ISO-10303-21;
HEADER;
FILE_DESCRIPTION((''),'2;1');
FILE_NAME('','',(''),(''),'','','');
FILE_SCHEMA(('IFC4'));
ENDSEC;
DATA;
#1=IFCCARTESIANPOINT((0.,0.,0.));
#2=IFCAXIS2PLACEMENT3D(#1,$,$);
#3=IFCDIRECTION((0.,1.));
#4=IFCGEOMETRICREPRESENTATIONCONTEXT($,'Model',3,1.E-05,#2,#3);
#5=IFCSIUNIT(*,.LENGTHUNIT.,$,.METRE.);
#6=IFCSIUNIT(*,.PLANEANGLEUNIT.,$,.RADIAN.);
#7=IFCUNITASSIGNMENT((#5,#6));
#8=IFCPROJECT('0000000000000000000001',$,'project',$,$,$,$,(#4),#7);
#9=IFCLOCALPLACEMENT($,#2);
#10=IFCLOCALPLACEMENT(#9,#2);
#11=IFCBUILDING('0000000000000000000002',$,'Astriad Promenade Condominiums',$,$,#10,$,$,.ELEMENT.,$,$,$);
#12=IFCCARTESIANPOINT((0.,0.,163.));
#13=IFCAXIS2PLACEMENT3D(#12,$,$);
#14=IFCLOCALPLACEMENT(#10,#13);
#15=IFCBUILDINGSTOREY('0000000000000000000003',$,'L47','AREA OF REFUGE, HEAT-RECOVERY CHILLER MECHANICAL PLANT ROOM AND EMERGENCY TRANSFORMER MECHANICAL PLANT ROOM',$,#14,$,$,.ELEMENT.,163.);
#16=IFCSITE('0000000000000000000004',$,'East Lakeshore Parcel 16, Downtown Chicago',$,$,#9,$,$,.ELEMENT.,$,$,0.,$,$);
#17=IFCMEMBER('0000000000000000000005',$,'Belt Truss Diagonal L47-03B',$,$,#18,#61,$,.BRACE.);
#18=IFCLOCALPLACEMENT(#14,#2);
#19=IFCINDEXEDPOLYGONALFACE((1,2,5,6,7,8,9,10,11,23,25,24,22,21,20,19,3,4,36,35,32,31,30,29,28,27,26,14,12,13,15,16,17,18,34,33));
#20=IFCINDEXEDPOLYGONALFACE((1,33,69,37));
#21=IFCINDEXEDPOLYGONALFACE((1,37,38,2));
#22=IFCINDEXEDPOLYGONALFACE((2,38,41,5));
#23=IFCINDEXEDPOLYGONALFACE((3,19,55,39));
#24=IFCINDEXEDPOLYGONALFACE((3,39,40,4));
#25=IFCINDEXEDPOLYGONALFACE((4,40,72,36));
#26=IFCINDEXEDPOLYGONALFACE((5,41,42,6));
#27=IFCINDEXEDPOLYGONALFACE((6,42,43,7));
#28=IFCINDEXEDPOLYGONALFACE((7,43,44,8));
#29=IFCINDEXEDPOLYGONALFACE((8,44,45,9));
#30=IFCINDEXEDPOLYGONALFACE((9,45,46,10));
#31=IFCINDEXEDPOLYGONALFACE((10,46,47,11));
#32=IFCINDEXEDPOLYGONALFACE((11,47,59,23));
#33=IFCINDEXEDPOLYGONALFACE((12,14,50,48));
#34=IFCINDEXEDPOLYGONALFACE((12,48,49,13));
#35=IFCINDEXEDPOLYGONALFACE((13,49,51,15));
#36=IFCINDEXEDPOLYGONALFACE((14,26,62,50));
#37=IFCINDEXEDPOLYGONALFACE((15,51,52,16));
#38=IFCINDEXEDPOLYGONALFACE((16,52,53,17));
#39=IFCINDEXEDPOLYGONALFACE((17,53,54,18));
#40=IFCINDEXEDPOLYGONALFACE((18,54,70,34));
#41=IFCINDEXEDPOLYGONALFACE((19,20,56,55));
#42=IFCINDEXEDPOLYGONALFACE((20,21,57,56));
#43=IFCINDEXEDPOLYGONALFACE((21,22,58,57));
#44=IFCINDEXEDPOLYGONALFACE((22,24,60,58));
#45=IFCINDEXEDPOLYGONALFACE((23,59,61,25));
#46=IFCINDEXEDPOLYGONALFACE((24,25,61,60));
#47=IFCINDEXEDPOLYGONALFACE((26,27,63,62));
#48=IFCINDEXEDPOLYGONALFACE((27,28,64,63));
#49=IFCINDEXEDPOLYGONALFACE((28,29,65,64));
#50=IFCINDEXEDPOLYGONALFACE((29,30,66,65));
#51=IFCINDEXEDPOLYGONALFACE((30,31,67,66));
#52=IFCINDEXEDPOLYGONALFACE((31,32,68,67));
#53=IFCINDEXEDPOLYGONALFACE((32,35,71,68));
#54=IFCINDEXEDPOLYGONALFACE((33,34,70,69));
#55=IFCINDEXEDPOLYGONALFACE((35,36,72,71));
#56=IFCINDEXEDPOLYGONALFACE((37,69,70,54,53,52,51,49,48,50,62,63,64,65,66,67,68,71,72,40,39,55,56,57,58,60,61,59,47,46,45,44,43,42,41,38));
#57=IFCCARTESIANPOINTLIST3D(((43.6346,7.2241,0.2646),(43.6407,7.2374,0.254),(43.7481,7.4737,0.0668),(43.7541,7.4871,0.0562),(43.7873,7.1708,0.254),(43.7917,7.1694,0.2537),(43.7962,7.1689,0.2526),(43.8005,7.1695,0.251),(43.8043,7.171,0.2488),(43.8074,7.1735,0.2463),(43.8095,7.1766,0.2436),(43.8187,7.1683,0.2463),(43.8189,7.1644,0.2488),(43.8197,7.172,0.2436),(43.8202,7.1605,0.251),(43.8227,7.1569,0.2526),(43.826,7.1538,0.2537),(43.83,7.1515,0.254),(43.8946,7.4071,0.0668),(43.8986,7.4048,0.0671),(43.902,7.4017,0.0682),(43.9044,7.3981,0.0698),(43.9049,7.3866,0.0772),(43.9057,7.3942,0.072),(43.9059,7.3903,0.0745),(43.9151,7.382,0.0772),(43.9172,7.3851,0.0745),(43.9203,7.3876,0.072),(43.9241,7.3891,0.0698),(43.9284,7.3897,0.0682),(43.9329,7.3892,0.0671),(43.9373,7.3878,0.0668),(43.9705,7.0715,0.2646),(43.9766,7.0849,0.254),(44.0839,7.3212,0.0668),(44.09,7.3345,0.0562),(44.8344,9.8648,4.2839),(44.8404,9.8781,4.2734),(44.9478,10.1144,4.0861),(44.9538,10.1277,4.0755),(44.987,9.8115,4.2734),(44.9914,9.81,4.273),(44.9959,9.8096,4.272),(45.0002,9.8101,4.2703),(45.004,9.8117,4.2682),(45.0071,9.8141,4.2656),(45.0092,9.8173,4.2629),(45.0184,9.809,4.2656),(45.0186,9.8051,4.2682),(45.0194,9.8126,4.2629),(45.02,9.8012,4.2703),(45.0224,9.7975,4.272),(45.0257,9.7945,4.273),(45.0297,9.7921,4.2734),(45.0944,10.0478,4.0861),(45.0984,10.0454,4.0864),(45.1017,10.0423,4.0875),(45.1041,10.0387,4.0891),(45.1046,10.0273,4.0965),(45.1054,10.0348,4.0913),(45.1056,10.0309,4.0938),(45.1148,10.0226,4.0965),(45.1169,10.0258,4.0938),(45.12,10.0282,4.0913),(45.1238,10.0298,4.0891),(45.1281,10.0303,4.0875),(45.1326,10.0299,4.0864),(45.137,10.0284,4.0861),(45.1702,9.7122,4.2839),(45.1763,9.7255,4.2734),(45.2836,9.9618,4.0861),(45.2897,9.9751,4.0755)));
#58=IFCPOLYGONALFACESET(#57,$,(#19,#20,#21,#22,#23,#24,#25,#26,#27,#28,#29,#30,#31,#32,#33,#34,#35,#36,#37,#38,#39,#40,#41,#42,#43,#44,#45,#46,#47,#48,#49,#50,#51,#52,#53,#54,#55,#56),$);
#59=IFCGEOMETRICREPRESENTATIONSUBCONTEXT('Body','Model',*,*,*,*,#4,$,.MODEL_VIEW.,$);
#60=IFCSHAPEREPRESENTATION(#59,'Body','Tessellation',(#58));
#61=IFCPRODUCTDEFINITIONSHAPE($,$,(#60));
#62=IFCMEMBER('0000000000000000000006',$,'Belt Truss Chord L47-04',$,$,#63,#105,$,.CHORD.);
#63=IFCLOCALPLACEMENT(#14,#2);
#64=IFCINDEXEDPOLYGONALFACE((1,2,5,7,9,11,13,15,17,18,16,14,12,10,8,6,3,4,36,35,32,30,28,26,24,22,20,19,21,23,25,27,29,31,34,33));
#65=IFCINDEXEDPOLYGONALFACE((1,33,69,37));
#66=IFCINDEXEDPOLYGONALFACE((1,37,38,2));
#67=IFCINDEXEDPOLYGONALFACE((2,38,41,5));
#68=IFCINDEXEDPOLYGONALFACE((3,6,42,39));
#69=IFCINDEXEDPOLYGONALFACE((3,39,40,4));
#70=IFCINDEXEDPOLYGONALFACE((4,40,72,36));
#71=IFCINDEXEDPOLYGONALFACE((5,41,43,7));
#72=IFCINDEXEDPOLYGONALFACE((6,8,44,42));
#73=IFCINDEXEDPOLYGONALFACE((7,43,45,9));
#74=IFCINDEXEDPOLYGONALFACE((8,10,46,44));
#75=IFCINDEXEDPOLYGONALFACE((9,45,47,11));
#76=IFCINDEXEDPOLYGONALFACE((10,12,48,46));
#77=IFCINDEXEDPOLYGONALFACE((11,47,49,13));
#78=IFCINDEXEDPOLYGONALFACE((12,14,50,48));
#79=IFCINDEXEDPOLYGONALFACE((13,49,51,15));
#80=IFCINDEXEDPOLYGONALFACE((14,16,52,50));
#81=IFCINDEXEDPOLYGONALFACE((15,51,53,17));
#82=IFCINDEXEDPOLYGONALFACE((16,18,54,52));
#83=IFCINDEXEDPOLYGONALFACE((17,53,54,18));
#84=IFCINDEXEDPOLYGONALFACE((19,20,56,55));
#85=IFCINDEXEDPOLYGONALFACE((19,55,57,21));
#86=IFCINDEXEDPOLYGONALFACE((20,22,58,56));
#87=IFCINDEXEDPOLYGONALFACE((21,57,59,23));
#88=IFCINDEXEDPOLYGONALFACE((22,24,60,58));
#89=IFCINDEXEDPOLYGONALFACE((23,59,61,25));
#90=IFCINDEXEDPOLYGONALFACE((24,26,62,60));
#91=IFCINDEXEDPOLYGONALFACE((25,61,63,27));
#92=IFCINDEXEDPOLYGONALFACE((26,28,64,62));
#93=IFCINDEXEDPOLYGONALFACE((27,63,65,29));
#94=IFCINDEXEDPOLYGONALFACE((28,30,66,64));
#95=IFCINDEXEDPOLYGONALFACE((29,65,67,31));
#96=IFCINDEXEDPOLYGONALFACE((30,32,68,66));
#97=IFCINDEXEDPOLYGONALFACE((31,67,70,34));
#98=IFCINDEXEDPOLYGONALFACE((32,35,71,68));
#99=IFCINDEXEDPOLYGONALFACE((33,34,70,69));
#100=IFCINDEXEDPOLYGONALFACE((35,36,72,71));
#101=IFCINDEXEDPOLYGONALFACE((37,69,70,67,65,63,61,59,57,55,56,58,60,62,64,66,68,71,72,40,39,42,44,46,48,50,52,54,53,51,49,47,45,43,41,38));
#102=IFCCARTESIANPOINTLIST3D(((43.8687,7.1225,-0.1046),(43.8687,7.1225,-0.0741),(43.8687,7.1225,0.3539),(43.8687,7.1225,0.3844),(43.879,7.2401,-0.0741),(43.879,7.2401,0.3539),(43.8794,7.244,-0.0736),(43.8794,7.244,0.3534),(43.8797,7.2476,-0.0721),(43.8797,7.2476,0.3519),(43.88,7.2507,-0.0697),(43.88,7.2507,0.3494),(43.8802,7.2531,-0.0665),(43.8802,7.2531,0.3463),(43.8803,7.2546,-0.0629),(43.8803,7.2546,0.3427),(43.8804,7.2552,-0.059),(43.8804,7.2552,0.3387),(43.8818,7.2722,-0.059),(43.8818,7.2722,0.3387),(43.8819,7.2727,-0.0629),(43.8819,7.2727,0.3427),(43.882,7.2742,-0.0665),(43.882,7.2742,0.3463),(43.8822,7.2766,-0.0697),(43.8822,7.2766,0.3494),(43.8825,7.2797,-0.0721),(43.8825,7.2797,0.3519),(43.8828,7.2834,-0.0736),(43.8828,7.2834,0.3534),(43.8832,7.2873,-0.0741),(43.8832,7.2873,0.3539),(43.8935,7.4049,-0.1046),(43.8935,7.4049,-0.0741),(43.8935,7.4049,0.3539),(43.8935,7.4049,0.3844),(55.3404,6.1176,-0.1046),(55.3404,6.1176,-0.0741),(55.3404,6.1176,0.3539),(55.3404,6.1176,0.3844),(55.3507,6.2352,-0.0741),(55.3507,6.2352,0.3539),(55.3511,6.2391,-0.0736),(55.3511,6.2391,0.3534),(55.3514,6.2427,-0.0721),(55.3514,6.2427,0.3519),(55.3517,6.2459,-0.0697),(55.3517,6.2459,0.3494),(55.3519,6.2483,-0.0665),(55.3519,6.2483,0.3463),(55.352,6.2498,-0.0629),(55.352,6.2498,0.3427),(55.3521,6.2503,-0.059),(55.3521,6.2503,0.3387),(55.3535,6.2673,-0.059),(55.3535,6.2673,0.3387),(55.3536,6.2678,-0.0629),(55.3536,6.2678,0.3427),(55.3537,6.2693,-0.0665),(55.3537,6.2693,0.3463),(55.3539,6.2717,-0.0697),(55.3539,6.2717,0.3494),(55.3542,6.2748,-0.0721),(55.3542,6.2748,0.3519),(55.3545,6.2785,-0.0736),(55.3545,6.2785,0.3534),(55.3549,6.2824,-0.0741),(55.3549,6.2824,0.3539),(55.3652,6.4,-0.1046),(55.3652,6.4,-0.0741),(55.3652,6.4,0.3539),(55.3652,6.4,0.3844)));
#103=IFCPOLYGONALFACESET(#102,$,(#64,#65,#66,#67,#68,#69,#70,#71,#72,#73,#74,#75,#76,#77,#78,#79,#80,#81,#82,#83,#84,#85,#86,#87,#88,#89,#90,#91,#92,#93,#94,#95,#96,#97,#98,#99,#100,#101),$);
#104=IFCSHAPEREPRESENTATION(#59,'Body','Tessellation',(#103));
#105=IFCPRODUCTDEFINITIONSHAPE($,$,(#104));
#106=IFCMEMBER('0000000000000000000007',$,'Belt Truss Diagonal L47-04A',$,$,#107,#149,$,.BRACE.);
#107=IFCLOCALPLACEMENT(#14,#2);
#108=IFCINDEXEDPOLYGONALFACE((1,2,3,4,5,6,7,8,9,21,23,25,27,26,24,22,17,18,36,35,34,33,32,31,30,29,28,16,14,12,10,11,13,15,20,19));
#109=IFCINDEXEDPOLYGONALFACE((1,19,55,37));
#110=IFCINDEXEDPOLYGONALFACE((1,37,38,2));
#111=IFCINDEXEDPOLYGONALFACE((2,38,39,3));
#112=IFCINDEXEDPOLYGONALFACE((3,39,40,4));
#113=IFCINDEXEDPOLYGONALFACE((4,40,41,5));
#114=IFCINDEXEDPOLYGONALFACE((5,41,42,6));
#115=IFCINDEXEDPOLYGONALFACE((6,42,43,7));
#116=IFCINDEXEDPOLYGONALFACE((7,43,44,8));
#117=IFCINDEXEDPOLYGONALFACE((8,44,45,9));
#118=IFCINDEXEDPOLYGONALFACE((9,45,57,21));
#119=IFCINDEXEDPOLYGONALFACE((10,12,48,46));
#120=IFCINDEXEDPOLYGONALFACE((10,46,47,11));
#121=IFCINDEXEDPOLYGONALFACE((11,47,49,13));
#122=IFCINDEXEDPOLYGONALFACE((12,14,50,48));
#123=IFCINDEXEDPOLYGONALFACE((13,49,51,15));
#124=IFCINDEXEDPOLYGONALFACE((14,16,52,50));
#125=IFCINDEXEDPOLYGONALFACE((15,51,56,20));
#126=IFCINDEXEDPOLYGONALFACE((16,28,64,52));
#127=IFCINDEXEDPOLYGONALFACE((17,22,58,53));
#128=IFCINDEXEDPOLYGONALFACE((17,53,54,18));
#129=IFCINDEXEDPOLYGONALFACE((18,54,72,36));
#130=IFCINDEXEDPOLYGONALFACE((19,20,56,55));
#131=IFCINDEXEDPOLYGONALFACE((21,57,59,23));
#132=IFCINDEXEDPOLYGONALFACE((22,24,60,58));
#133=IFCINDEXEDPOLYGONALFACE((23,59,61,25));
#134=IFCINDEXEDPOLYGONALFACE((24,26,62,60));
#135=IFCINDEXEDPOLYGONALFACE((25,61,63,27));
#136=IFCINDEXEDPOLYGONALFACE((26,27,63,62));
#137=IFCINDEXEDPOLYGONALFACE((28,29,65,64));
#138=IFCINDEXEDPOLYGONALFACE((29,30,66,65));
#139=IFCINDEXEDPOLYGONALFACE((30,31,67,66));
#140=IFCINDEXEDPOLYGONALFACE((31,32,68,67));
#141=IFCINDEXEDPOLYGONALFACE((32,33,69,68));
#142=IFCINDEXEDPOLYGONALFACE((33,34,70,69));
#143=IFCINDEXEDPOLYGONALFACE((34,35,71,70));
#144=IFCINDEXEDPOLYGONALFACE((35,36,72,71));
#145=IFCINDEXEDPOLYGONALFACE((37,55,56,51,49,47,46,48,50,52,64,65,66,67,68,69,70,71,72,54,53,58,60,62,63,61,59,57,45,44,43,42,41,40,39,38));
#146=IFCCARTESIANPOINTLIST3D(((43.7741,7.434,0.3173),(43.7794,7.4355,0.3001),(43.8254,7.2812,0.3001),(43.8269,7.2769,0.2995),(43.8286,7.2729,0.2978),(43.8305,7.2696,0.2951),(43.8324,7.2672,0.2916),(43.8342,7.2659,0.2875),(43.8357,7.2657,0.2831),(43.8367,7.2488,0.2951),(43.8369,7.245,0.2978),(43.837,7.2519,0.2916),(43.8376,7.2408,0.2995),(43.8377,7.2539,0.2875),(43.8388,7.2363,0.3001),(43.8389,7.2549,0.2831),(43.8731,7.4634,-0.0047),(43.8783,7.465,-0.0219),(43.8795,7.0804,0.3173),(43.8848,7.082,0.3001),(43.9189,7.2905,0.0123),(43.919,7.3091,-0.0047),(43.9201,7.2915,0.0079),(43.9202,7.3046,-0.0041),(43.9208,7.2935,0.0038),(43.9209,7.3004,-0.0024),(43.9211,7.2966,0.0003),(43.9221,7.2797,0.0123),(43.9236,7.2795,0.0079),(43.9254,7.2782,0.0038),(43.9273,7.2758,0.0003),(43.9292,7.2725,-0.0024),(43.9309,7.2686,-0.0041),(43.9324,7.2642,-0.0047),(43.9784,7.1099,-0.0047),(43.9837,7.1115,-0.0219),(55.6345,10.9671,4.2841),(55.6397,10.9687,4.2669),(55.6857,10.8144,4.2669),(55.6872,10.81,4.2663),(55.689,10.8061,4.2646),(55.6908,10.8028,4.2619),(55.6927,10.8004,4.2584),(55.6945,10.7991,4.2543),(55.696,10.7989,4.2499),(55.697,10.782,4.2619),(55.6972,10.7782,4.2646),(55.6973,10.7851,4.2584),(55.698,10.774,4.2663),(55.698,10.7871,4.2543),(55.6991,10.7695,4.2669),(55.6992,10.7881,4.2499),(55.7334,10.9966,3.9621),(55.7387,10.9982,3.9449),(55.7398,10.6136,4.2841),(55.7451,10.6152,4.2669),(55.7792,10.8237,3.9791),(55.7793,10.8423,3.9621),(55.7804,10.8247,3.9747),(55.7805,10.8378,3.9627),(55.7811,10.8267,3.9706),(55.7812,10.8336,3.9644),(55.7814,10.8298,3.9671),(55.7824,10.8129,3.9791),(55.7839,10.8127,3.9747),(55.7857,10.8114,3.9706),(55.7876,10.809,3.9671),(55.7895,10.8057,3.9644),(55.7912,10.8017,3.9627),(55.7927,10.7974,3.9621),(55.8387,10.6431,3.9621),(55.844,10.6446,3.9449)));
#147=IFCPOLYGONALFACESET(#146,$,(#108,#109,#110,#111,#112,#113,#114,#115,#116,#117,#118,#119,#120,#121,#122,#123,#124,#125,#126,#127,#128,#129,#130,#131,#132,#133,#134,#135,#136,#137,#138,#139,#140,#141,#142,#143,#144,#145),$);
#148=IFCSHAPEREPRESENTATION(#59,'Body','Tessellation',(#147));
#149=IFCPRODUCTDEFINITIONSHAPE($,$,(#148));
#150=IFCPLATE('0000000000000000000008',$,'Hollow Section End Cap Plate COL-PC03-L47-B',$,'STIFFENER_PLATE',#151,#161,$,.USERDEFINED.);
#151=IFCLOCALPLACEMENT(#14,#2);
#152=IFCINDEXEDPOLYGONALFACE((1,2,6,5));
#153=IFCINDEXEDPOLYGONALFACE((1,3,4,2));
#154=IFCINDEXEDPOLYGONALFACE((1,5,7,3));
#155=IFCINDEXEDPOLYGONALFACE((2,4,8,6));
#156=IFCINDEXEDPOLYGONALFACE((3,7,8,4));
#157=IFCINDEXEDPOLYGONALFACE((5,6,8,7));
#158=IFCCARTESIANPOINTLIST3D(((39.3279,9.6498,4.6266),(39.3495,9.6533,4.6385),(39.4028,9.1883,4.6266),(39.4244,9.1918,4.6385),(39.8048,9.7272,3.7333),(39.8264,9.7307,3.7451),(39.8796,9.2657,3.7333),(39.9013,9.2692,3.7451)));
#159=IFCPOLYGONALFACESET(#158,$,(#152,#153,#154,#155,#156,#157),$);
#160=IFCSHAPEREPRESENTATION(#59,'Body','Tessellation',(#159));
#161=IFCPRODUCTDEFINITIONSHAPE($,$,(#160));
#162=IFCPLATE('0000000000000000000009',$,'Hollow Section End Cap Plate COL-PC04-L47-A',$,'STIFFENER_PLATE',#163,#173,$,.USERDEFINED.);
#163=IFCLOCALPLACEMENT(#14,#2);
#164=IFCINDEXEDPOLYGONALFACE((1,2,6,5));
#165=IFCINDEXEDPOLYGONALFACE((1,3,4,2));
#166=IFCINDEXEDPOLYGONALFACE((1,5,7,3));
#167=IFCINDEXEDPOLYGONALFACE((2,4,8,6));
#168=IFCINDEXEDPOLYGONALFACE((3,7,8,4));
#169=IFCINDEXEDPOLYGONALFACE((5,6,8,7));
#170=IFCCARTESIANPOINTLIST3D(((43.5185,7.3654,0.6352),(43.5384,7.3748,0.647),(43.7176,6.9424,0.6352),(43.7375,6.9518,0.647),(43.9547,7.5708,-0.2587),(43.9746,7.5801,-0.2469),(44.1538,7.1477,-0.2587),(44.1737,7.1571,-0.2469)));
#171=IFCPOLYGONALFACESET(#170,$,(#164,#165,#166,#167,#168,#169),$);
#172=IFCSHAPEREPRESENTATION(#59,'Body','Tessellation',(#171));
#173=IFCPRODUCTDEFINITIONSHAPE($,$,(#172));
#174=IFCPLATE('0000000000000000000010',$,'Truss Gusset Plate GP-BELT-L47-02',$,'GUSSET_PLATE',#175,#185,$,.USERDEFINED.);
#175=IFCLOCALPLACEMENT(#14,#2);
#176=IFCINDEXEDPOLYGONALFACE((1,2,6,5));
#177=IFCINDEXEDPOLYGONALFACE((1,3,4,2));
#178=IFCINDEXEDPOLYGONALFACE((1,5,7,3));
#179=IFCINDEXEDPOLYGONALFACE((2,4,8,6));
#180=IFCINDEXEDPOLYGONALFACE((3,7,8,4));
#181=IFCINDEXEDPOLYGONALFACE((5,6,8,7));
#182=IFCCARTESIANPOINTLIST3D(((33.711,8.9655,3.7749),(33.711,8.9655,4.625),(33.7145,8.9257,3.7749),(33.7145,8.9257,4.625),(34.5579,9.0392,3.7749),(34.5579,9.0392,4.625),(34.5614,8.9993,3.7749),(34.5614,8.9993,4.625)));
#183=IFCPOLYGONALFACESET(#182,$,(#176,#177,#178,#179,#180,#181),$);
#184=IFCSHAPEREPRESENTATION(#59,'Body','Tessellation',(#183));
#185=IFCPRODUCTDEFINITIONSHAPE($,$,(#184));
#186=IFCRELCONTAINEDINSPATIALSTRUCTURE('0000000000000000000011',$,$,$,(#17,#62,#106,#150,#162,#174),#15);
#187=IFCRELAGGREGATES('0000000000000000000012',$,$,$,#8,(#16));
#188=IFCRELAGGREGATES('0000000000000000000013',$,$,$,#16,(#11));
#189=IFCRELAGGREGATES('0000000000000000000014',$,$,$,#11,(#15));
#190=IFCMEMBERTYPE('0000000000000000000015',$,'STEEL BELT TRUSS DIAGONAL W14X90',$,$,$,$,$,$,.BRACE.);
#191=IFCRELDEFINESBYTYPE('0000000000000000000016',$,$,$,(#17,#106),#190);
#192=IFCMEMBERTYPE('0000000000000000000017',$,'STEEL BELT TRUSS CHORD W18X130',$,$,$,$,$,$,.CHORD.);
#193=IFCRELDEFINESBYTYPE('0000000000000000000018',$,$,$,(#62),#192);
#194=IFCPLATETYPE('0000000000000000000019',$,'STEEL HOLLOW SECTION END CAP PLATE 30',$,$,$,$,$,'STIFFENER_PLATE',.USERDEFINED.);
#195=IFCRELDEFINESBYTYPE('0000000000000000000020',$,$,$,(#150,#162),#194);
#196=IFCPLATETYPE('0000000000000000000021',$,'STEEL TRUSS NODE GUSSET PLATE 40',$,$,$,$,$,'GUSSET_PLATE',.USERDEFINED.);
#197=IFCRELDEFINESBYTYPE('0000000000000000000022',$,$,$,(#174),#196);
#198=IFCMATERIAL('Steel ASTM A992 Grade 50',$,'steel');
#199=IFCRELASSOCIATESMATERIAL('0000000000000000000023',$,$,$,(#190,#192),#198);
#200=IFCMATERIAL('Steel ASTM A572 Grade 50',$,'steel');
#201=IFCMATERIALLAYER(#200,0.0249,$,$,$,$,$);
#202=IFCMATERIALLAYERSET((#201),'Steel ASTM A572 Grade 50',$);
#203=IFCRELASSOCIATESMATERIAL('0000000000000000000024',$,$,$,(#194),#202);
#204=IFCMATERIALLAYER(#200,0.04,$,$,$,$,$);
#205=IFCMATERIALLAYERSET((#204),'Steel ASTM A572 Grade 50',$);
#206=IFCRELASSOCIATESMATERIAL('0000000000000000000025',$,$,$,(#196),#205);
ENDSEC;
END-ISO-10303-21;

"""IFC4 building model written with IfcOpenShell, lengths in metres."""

from ifc_helpers import new_model, si_unit, direction, frame, origin, origin_2d, place, context, subcontext, project, spatial, rectangle, i_section, extrude, source, transform, mapped, material, layer, layer_set, material_profile, profile_set, type_object, type_shapes, element, save


model = new_model("IFC4")

# Units and contexts
model_context = context("Model", 3, precision=1e-05, world=origin(), true_north=direction((0.0, 1.0)))
body_context = subcontext(model_context, "Body", "Model", "MODEL_VIEW")
ifc_project = project(units=[si_unit("LENGTHUNIT", "METRE"), si_unit("PLANEANGLEUNIT", "RADIAN")], contexts=[model_context])

# Site, building, storey
site_placement = place(None, origin())
site = spatial("IfcSite", under=ifc_project, at=site_placement, Name="East Lakeshore Parcel 16, Downtown Chicago", CompositionType="ELEMENT", RefElevation=0.0)
building_placement = place(site_placement, origin())
building = spatial("IfcBuilding", under=site, at=building_placement, Name="Astriad Promenade Condominiums", CompositionType="ELEMENT")
storey_placement = place(building_placement, frame((0.0, 0.0, 163.0)))
storey = spatial("IfcBuildingStorey", under=building, at=storey_placement, Name="L47", Description="AREA OF REFUGE, HEAT-RECOVERY CHILLER MECHANICAL PLANT ROOM AND EMERGENCY TRANSFORMER MECHANICAL PLANT ROOM", CompositionType="ELEMENT", Elevation=163.0)

# Shared definitions
ifc_material_1 = material(Name="Steel ASTM A992 Grade 50", Category="steel")

# Members
ifc_material_profile_1 = material_profile(ifc_material_1, i_section(OverallWidth=0.3689, OverallDepth=0.3562, WebThickness=0.0112, FlangeThickness=0.0181, FilletRadius=0.0178, at=origin_2d()), Name="W14X90")
ifc_profile_set_1 = profile_set([ifc_material_profile_1], Name="Steel ASTM A992 Grade 50")
member_type_1 = type_object("IfcMemberType", Name="STEEL BELT TRUSS DIAGONAL W14X90", PredefinedType="BRACE", material=ifc_profile_set_1)
shared_shape_1 = source(origin(), body_context, "Body", "SweptSolid", [
    extrude(i_section(OverallWidth=0.3689, OverallDepth=0.3562, WebThickness=0.0112, FlangeThickness=0.0181, FilletRadius=0.0178, at=origin_2d()), origin(), (0.0, 0.0, 1.0), 4.9565),
])
member_1_placement = place(storey_placement, frame((43.8623, 7.2793, 0.1604), z_axis=(0.242047, 0.53276, 0.810913), x_axis=(-0.910441, 0.413638, 0.0)))
element("IfcMember", 1, at=member_1_placement, inside=storey, type_object=member_type_1, Name="Belt Truss Diagonal L47-03B", PredefinedType="BRACE", context=body_context, shape_type="MappedRepresentation", body=[
    mapped(shared_shape_1, transform((0.0, 0.0, 0.0), scale=1.0)),
])
ifc_material_profile_2 = material_profile(ifc_material_1, i_section(OverallWidth=0.2834, OverallDepth=0.489, WebThickness=0.0171, FlangeThickness=0.0305, FilletRadius=0.0151, at=origin_2d()), Name="W18X130")
ifc_profile_set_2 = profile_set([ifc_material_profile_2], Name="Steel ASTM A992 Grade 50")
member_type_2 = type_object("IfcMemberType", Name="STEEL BELT TRUSS CHORD W18X130", PredefinedType="CHORD", material=ifc_profile_set_2)
shared_shape_2 = source(origin(), body_context, "Body", "SweptSolid", [
    extrude(i_section(OverallWidth=0.2834, OverallDepth=0.489, WebThickness=0.0171, FlangeThickness=0.0305, FilletRadius=0.0151, at=origin_2d()), origin(), (0.0, 0.0, 1.0), 11.5156),
])
type_shapes(member_type_2, [shared_shape_2])
member_2_placement = place(storey_placement, frame((43.8811, 7.2637, 0.1399), z_axis=(0.996185, -0.087263, 0.0), x_axis=(0.087263, 0.996185, 0.0)))
element("IfcMember", 2, at=member_2_placement, inside=storey, type_object=member_type_2, Name="Belt Truss Chord L47-04", PredefinedType="CHORD", context=body_context, shape_type="MappedRepresentation", body=[
    mapped(shared_shape_2, transform((0.0, 0.0, 0.0), scale=1.0)),
])
shared_shape_3 = source(origin(), body_context, "Body", "SweptSolid", [
    extrude(i_section(OverallWidth=0.3689, OverallDepth=0.3562, WebThickness=0.0112, FlangeThickness=0.0181, FilletRadius=0.0178, at=origin_2d()), origin(), (0.0, 0.0, 1.0), 12.9956),
])
type_shapes(member_type_1, [shared_shape_1, shared_shape_3])
member_3_placement = place(storey_placement, frame((43.8789, 7.2727, 0.1477), z_axis=(0.91264, 0.271876, 0.30524), x_axis=(-0.285501, 0.958378, 0.0)))
element("IfcMember", 3, at=member_3_placement, inside=storey, type_object=member_type_1, Name="Belt Truss Diagonal L47-04A", PredefinedType="BRACE", context=body_context, shape_type="MappedRepresentation", body=[
    mapped(shared_shape_3, transform((0.0, 0.0, 0.0), scale=1.0)),
])

# Plates
ifc_material_2 = material(Name="Steel ASTM A572 Grade 50", Category="steel")
ifc_layer_1 = layer(ifc_material_2, 0.0249)
ifc_layer_set_1 = layer_set([ifc_layer_1], Name="Steel ASTM A572 Grade 50")
plate_type_1 = type_object("IfcPlateType", Name="STEEL HOLLOW SECTION END CAP PLATE 30", ElementType="STIFFENER_PLATE", PredefinedType="USERDEFINED", material=ifc_layer_set_1)
shared_shape_4 = source(origin(), body_context, "Body", "SweptSolid", [
    extrude(rectangle(XDim=0.4675, YDim=1.0156, at=origin_2d()), origin(), (0.0, 0.0, 1.0), 0.0249),
])
for number, where, z_axis, x_axis, name in (
    (4, (39.6038, 9.4578, 4.1799), (0.868262, 0.140888, 0.475681), (-0.160169, 0.98709, 0.0), "Hollow Section End Cap Plate COL-PC03-L47-B"),
    (5, (43.8362, 7.2566, 0.1882), (0.796348, 0.374826, 0.474696), (-0.425866, 0.904786, 0.0), "Hollow Section End Cap Plate COL-PC04-L47-A"),
):
    element("IfcPlate", number, at=place(storey_placement, frame(where, z_axis=z_axis, x_axis=x_axis)), inside=storey, type_object=plate_type_1, Name=name, ObjectType="STIFFENER_PLATE", PredefinedType="USERDEFINED", context=body_context, shape_type="MappedRepresentation", body=[
        mapped(shared_shape_4, transform((0.0, 0.0, 0.0), scale=1.0)),
    ])
ifc_layer_2 = layer(ifc_material_2, 0.04)
ifc_layer_set_2 = layer_set([ifc_layer_2], Name="Steel ASTM A572 Grade 50")
plate_type_2 = type_object("IfcPlateType", Name="STEEL TRUSS NODE GUSSET PLATE 40", ElementType="GUSSET_PLATE", PredefinedType="USERDEFINED", material=ifc_layer_set_2)
shared_shape_5 = source(origin(), body_context, "Body", "SweptSolid", [
    extrude(rectangle(XDim=0.8501, YDim=0.04, at=origin_2d()), origin(), (0.0, 0.0, 1.0), 0.8501),
])
type_shapes(plate_type_2, [shared_shape_5])
for number, where, z_axis, x_axis, name in (
    (6, (34.1362, 8.9824, 3.7749), (0.0, 0.0, 1.0), (0.99624, 0.086634, 0.0), "Truss Gusset Plate GP-BELT-L47-02"),
):
    element("IfcPlate", number, at=place(storey_placement, frame(where, z_axis=z_axis, x_axis=x_axis)), inside=storey, type_object=plate_type_2, Name=name, ObjectType="GUSSET_PLATE", PredefinedType="USERDEFINED", context=body_context, shape_type="MappedRepresentation", body=[
        mapped(shared_shape_5, transform((0.0, 0.0, 0.0), scale=1.0)),
    ])

save(model, "model.ifc")
